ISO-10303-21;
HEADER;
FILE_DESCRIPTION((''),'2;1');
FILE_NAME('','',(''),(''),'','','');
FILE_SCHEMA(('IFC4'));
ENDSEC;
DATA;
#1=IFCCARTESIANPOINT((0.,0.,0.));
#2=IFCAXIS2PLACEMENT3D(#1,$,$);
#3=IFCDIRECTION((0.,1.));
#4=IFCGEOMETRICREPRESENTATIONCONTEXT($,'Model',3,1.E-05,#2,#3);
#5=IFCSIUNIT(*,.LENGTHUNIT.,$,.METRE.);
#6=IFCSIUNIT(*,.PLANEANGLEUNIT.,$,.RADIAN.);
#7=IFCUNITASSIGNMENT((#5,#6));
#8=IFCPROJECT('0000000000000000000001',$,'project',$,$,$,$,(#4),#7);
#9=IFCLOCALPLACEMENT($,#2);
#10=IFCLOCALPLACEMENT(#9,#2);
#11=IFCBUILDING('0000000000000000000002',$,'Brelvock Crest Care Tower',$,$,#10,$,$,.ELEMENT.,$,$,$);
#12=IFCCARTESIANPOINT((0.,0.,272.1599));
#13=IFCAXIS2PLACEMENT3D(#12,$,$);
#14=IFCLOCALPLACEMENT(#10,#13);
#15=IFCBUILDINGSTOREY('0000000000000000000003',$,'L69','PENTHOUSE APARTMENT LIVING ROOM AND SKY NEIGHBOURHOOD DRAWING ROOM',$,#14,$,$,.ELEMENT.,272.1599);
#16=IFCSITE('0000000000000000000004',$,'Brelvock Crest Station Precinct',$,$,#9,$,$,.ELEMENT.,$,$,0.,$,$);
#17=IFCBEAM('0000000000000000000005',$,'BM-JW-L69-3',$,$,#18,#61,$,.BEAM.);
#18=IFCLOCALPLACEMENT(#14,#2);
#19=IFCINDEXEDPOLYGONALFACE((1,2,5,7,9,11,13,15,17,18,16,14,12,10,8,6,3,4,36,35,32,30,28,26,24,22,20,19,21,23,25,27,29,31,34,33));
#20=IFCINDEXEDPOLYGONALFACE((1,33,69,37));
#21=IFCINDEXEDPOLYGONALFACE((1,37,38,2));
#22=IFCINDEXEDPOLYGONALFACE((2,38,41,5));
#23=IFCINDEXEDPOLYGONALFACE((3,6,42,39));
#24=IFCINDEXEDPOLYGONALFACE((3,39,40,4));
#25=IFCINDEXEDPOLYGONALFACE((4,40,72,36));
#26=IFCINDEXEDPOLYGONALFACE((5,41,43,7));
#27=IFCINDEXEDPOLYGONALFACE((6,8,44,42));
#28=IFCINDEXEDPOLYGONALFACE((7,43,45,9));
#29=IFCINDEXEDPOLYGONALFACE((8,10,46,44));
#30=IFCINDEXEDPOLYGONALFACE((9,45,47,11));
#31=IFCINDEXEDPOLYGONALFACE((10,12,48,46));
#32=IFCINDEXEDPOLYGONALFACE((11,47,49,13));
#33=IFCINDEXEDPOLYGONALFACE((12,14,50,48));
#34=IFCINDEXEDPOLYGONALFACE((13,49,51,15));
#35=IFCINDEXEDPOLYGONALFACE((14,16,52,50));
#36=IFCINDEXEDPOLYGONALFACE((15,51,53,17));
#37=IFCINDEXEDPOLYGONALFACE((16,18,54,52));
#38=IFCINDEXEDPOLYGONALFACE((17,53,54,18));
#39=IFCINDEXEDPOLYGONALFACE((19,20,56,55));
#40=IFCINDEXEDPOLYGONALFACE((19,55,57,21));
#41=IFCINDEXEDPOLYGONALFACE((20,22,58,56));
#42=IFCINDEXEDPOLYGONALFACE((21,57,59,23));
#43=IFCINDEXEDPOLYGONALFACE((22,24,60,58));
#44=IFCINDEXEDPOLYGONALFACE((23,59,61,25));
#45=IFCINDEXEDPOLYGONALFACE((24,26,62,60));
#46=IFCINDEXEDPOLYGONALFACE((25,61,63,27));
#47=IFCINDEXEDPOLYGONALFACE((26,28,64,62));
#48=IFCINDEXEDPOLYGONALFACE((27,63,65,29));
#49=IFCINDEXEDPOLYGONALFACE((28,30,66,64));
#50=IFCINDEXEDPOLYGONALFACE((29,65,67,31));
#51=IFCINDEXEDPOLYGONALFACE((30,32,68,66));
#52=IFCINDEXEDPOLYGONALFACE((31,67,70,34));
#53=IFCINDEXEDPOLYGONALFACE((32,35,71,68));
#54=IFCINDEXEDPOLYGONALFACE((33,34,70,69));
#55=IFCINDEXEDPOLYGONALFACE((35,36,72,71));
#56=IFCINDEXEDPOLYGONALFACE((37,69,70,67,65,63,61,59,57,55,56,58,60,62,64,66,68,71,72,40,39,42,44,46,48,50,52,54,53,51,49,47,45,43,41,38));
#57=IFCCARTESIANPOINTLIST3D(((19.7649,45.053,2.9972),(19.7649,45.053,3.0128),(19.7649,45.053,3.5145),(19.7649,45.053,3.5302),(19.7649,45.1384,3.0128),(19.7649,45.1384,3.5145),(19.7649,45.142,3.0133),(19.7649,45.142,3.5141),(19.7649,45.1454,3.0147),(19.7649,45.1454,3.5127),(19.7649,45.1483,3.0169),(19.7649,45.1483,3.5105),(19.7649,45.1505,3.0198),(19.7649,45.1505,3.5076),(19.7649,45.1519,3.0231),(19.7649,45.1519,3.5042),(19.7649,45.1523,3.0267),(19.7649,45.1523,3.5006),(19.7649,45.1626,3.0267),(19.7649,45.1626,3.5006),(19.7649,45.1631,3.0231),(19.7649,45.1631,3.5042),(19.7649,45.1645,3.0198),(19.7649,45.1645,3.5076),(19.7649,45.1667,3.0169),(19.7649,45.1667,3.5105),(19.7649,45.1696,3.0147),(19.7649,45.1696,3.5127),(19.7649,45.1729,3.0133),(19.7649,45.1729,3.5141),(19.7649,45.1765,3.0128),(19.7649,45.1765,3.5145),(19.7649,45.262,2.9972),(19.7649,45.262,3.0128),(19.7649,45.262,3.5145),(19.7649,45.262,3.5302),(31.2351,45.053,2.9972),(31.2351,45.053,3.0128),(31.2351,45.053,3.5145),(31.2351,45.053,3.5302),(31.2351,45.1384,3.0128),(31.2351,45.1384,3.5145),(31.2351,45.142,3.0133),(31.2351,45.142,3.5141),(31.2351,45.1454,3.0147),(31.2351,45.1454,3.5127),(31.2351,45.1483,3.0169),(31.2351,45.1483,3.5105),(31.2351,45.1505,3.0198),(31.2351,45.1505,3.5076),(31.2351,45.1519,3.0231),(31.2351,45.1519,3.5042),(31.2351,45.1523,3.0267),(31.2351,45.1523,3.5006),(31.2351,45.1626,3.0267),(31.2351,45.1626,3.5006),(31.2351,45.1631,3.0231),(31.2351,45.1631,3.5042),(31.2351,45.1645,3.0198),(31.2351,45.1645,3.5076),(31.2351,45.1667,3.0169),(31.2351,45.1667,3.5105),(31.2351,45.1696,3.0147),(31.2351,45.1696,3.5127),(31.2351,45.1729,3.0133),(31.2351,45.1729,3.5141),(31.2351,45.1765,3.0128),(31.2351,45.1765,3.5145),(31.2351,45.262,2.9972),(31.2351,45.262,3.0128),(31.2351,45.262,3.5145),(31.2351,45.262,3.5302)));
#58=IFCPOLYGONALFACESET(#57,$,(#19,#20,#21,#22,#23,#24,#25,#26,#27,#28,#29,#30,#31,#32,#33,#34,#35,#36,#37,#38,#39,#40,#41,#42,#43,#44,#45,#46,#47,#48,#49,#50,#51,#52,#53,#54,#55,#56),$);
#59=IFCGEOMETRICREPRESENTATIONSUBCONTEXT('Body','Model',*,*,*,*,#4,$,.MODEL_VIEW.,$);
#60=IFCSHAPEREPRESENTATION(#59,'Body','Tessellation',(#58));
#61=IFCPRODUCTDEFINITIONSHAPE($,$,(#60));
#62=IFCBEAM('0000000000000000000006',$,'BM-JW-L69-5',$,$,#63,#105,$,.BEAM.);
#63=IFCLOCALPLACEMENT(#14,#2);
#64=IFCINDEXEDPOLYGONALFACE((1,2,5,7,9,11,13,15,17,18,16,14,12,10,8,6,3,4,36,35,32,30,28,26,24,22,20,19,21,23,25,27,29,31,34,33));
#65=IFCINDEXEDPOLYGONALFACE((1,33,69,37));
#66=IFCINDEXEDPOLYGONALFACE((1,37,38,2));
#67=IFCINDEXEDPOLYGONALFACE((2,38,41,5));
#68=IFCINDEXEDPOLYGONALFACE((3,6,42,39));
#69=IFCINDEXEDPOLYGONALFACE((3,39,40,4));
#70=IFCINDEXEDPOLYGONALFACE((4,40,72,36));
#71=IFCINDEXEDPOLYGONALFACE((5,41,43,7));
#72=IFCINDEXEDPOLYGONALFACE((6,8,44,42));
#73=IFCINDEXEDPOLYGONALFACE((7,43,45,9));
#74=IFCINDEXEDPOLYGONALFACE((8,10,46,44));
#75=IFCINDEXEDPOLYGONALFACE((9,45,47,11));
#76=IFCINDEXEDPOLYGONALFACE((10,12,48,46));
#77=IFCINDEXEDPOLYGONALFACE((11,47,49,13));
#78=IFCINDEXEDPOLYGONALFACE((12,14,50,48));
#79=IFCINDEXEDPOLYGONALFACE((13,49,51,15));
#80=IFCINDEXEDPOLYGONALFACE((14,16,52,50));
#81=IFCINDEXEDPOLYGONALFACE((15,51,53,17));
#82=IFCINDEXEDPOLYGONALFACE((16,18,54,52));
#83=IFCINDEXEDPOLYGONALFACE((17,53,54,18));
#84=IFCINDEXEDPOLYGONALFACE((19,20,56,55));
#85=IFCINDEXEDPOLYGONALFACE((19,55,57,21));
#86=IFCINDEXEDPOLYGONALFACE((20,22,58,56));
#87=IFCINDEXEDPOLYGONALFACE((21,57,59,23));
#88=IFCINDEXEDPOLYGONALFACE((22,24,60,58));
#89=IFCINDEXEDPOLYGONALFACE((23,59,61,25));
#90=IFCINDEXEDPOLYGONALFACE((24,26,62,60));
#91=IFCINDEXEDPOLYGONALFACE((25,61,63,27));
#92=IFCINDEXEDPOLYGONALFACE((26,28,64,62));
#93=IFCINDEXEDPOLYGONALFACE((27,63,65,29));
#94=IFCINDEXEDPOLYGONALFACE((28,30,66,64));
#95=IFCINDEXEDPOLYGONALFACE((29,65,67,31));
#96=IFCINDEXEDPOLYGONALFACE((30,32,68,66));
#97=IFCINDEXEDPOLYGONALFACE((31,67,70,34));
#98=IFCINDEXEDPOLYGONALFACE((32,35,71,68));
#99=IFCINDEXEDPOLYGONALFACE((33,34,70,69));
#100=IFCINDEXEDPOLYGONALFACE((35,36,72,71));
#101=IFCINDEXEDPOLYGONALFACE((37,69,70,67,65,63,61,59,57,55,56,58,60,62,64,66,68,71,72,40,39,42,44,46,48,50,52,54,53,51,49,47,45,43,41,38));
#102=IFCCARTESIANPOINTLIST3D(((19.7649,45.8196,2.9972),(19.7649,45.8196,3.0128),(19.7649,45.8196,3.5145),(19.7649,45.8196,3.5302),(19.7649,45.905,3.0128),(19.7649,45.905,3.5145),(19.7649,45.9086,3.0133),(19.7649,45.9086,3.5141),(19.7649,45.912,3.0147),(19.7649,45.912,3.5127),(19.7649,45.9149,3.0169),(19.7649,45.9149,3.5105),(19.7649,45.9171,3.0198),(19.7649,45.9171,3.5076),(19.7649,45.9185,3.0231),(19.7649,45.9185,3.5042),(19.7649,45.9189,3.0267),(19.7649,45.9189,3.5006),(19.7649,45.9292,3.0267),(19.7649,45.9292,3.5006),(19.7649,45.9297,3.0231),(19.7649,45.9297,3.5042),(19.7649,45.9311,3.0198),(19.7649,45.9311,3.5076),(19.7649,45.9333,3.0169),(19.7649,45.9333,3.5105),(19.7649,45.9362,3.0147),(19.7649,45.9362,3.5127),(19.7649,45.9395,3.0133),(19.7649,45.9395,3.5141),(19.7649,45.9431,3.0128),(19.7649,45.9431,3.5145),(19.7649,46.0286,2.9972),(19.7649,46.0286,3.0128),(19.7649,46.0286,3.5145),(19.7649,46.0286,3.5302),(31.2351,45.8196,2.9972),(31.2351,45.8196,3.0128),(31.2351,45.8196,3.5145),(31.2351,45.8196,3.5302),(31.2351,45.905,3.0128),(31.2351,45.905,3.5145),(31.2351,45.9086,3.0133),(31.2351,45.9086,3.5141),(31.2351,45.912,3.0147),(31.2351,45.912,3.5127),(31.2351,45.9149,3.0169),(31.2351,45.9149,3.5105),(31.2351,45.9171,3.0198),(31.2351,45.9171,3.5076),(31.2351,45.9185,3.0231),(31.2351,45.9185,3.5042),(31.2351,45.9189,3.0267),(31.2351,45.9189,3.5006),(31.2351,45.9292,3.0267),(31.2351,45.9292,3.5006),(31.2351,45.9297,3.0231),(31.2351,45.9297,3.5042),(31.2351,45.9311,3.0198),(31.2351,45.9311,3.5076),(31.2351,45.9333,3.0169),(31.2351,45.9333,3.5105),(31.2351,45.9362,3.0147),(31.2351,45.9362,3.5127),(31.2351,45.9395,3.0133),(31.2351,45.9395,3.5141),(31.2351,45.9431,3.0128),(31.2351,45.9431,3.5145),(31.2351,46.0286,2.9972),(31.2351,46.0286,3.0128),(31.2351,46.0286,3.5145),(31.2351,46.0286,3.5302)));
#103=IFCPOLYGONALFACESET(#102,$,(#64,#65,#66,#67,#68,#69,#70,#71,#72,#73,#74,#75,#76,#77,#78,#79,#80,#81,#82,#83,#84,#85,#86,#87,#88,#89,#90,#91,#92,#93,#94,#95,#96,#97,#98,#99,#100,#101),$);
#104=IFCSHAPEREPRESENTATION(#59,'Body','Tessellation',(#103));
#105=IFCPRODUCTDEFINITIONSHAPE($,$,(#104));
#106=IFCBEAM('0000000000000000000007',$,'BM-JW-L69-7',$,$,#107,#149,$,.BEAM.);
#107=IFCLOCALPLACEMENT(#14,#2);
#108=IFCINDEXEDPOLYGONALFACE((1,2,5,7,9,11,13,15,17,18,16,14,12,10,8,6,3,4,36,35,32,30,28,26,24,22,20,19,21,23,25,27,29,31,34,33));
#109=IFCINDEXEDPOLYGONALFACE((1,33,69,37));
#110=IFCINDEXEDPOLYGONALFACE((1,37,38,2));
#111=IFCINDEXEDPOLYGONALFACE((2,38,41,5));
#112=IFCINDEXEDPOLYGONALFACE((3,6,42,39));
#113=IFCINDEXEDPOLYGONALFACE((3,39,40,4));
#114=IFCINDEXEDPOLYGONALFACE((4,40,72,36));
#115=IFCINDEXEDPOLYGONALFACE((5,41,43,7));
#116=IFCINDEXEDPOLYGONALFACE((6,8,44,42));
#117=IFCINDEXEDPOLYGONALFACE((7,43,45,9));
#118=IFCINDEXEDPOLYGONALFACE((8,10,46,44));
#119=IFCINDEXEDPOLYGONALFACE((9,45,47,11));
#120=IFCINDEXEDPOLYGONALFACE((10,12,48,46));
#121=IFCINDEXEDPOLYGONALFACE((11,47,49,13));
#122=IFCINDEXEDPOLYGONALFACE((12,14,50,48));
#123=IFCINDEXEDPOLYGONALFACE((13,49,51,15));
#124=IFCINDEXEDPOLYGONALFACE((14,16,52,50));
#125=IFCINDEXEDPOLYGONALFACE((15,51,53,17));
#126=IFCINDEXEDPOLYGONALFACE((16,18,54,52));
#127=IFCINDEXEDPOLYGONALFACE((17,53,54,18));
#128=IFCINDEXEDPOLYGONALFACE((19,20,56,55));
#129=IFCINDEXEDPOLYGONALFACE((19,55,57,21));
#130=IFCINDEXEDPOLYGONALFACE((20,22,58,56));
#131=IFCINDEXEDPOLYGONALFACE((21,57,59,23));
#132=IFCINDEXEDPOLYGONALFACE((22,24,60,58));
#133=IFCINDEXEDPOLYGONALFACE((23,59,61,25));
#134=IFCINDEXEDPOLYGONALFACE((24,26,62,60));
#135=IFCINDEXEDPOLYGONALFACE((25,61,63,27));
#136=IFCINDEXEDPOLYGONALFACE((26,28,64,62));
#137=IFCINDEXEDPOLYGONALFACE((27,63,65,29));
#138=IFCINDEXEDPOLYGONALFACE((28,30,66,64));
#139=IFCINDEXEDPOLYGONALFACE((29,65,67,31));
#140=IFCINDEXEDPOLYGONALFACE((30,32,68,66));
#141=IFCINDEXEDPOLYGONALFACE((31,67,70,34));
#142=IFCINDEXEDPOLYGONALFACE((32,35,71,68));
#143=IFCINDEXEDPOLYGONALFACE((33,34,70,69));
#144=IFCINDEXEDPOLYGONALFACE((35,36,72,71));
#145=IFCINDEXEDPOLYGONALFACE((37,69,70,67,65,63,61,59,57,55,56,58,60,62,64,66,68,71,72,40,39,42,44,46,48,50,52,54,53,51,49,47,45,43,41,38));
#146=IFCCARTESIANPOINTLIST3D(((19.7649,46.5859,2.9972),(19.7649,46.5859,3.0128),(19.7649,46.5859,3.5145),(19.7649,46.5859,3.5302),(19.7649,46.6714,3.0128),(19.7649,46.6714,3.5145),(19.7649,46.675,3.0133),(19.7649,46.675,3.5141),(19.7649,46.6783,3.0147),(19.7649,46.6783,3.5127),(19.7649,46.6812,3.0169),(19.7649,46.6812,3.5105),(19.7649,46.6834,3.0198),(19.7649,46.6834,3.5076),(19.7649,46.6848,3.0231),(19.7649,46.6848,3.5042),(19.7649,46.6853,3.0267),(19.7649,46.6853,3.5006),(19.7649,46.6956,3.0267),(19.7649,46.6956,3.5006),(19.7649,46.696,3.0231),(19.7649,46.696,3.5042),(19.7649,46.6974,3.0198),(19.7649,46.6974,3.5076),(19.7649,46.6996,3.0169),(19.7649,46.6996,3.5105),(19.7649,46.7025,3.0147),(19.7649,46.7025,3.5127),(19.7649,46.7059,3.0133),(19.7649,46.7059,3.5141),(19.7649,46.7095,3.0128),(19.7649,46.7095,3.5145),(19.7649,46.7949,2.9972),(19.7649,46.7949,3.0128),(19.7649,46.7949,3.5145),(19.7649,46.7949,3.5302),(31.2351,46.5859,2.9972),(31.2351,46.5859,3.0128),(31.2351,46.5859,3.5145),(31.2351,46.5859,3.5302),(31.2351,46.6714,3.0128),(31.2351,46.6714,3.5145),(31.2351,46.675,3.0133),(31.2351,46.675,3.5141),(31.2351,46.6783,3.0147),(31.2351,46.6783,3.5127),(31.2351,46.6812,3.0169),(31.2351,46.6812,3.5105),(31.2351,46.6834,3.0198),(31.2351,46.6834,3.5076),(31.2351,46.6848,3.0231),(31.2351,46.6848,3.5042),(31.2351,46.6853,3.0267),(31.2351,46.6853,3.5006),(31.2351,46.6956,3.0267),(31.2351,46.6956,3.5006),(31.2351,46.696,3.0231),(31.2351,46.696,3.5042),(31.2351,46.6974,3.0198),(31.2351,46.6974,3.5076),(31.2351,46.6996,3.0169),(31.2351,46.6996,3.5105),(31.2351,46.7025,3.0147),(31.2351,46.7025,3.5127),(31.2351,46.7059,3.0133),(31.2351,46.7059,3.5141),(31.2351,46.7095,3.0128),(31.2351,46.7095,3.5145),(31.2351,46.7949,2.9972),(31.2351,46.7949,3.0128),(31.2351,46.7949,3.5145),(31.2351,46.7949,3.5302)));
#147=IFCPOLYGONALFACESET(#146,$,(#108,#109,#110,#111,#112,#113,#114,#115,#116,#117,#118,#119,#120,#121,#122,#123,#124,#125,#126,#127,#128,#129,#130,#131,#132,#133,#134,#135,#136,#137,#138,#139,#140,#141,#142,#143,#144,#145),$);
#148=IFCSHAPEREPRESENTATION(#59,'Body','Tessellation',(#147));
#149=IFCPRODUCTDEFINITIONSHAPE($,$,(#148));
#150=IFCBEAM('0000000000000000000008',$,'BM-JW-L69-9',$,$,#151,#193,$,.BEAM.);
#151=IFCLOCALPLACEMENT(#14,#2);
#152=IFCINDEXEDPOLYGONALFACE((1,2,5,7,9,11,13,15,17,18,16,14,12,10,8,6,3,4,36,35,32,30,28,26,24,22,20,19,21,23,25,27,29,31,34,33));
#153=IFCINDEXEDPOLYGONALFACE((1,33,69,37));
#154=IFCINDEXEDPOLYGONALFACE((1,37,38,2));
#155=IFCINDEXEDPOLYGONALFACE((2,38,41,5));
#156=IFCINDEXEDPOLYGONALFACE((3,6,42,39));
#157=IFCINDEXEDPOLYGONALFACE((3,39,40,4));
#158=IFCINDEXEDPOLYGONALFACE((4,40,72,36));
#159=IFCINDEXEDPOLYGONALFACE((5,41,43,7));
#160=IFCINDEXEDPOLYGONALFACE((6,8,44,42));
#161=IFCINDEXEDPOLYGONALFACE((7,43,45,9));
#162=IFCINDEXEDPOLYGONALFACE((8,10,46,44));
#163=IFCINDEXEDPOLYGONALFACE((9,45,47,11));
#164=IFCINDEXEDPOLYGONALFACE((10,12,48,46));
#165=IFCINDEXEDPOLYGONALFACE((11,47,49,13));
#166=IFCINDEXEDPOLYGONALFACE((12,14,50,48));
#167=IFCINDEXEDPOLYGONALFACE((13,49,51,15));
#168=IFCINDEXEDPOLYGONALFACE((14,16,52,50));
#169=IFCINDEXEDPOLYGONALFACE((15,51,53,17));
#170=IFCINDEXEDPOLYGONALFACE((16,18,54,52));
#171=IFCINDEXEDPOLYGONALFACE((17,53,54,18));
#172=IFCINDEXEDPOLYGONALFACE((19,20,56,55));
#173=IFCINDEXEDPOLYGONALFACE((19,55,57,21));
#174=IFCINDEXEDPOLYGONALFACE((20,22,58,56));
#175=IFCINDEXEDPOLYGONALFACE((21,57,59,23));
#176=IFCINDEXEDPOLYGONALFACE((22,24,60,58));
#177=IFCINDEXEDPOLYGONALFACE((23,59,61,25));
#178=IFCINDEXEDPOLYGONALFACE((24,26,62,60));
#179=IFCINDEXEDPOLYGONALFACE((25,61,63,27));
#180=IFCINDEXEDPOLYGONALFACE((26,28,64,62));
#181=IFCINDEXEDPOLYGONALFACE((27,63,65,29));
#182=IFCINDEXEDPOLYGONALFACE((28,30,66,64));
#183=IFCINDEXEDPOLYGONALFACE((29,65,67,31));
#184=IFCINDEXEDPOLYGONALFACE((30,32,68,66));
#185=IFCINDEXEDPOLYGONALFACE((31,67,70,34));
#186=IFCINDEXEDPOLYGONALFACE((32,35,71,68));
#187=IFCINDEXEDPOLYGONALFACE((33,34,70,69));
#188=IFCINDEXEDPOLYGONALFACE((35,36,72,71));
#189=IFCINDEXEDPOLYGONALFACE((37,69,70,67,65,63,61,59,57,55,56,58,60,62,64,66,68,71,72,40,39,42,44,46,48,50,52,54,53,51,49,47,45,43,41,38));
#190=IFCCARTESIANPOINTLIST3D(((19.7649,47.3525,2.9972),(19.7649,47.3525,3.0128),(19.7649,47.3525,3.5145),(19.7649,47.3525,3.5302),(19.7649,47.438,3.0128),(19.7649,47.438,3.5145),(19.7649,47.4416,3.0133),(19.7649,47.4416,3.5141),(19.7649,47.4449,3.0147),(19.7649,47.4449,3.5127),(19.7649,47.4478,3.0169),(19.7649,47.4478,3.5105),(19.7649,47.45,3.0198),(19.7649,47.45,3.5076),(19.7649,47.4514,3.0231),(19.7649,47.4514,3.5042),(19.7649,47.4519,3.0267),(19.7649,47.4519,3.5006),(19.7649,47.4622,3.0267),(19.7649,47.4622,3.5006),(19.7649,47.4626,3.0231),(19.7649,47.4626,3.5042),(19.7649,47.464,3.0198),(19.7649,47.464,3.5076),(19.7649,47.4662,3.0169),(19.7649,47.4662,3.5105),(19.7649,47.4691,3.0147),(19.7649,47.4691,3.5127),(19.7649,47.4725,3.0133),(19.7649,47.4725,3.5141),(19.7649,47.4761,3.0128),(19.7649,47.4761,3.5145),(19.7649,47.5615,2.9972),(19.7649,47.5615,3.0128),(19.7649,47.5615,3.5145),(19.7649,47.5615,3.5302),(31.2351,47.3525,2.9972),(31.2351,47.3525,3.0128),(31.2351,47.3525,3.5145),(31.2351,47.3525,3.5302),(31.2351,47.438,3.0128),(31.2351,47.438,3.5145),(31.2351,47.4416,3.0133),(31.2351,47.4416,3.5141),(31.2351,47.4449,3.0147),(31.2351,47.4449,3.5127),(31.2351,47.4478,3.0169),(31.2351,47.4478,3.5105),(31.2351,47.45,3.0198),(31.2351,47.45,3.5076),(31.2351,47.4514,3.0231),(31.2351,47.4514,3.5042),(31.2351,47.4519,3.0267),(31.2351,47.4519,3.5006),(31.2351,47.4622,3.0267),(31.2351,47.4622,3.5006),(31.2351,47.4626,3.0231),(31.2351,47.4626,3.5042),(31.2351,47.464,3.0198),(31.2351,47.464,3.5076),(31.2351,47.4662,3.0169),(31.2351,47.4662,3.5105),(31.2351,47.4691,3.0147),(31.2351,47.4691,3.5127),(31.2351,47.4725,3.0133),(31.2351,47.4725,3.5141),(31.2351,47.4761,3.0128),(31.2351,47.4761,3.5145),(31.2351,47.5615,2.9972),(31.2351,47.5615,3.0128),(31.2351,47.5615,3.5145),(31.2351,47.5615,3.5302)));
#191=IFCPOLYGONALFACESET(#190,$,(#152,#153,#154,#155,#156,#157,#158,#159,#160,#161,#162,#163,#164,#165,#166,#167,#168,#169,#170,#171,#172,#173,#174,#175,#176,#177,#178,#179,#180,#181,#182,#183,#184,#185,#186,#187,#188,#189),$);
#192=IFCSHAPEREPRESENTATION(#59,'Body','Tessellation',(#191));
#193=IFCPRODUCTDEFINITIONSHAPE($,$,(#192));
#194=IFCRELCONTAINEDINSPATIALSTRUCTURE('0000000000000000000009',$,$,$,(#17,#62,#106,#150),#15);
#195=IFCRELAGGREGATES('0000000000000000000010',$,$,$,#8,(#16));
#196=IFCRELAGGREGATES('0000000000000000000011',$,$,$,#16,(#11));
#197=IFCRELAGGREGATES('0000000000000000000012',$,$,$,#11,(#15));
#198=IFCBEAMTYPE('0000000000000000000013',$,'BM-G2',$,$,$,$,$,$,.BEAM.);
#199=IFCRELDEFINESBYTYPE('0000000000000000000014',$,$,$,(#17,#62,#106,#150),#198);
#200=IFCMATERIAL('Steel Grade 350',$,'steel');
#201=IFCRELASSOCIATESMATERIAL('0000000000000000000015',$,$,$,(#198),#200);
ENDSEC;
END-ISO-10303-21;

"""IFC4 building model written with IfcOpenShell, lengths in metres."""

from ifc_helpers import new_model, si_unit, direction, frame, origin, origin_2d, place, context, subcontext, project, spatial, i_section, extrude, source, transform, mapped, material, material_profile, profile_set, type_object, element, save


model = new_model("IFC4")

# Units and contexts
model_context = context("Model", 3, precision=1e-05, world=origin(), true_north=direction((0.0, 1.0)))
body_context = subcontext(model_context, "Body", "Model", "MODEL_VIEW")
ifc_project = project(units=[si_unit("LENGTHUNIT", "METRE"), si_unit("PLANEANGLEUNIT", "RADIAN")], contexts=[model_context])

# Site, building, storey
site_placement = place(None, origin())
site = spatial("IfcSite", under=ifc_project, at=site_placement, Name="Brelvock Crest Station Precinct", CompositionType="ELEMENT", RefElevation=0.0)
building_placement = place(site_placement, origin())
building = spatial("IfcBuilding", under=site, at=building_placement, Name="Brelvock Crest Care Tower", CompositionType="ELEMENT")
storey_placement = place(building_placement, frame((0.0, 0.0, 272.1599)))
storey = spatial("IfcBuildingStorey", under=building, at=storey_placement, Name="L69", Description="PENTHOUSE APARTMENT LIVING ROOM AND SKY NEIGHBOURHOOD DRAWING ROOM", CompositionType="ELEMENT", Elevation=272.1599)

# Beams
ifc_material_1 = material(Name="Steel Grade 350", Category="steel")
ifc_material_profile_1 = material_profile(ifc_material_1, i_section(OverallWidth=0.209, OverallDepth=0.533, WebThickness=0.0103, FlangeThickness=0.0156, FilletRadius=0.0139, at=origin_2d()), Name="530UB92.4")
ifc_profile_set_1 = profile_set([ifc_material_profile_1], Name="Steel Grade 350")
beam_type_1 = type_object("IfcBeamType", Name="BM-G2", PredefinedType="BEAM", material=ifc_profile_set_1)
shared_shape_1 = source(origin(), body_context, "Body", "SweptSolid", [
    extrude(i_section(OverallWidth=0.209, OverallDepth=0.533, WebThickness=0.0103, FlangeThickness=0.0156, FilletRadius=0.0139, at=origin_2d()), origin(), (0.0, 0.0, 1.0), 11.4702),
])
for number, where, z_axis, x_axis, name in (
    (1, (19.7649, 45.1575, 3.2637), (1.0, 0.0, 0.0), (0.0, 1.0, 0.0), "BM-JW-L69-3"),
    (2, (19.7649, 45.9241, 3.2637), (1.0, 0.0, 0.0), (0.0, 1.0, 0.0), "BM-JW-L69-5"),
    (3, (19.7649, 46.6904, 3.2637), (1.0, 0.0, 0.0), (0.0, 1.0, 0.0), "BM-JW-L69-7"),
    (4, (19.7649, 47.457, 3.2637), (1.0, 0.0, 0.0), (0.0, 1.0, 0.0), "BM-JW-L69-9"),
):
    element("IfcBeam", number, at=place(storey_placement, frame(where, z_axis=z_axis, x_axis=x_axis)), inside=storey, type_object=beam_type_1, Name=name, PredefinedType="BEAM", context=body_context, shape_type="MappedRepresentation", body=[
        mapped(shared_shape_1, transform((0.0, 0.0, 0.0), x_axis=(1.0, 0.0, 0.0), y_axis=(0.0, 1.0, 0.0), z_axis=(0.0, 0.0, 1.0), scale=1.0)),
    ])

save(model, "model.ifc")
